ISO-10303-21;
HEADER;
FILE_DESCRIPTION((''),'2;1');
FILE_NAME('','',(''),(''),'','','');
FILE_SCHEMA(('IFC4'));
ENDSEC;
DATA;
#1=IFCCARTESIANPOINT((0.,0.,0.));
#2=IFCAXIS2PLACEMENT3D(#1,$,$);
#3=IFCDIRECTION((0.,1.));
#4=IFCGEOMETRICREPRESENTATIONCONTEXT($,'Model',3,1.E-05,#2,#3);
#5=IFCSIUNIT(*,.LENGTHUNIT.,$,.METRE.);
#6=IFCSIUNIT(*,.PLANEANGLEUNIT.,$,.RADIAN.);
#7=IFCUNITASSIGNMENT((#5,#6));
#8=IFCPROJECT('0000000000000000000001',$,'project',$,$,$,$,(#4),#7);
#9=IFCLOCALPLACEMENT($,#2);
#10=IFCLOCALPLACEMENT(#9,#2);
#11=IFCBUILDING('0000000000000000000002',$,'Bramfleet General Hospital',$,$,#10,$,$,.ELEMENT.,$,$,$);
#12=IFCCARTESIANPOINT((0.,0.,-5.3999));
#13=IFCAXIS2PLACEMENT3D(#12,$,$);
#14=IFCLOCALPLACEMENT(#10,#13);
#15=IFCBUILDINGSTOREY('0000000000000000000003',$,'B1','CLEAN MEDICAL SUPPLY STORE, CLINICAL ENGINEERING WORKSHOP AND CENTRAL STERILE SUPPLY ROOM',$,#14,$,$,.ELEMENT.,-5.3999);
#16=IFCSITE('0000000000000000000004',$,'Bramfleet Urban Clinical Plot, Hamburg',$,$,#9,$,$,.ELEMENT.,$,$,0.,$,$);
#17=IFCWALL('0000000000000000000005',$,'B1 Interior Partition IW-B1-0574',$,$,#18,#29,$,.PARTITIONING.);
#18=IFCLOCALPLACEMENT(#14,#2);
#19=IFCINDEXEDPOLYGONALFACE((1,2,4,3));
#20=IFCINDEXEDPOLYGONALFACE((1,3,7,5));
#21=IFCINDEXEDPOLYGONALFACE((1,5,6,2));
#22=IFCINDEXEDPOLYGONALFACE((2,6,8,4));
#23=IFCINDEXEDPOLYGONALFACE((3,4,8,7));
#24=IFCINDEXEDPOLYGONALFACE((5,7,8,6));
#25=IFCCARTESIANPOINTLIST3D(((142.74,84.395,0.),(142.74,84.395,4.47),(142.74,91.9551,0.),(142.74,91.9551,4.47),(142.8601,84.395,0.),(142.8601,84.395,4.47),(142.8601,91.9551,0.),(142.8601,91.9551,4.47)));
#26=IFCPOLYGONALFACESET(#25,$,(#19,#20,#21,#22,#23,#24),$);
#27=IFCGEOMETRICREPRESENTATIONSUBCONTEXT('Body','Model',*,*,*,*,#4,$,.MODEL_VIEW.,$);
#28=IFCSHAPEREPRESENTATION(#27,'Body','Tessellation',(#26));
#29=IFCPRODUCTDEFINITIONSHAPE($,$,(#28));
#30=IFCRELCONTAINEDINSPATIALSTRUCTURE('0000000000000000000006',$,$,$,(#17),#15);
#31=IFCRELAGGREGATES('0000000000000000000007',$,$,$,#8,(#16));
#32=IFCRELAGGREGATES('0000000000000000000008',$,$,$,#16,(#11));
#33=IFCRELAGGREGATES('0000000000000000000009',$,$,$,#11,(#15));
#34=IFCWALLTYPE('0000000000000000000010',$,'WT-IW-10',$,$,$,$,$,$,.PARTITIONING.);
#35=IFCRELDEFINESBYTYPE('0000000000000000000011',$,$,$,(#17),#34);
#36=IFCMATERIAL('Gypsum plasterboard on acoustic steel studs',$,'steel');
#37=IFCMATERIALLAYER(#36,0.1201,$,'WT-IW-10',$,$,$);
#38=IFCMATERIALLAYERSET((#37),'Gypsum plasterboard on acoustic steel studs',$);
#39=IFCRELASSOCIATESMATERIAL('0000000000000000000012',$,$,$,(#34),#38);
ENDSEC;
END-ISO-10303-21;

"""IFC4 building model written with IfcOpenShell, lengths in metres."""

from ifc_helpers import new_model, si_unit, direction, frame, frame_2d, origin, place, context, subcontext, project, spatial, rectangle, extrude, material, layer, layer_set, type_object, element, save


model = new_model("IFC4")

# Units and contexts
model_context = context("Model", 3, precision=1e-05, world=origin(), true_north=direction((0.0, 1.0)))
body_context = subcontext(model_context, "Body", "Model", "MODEL_VIEW")
ifc_project = project(units=[si_unit("LENGTHUNIT", "METRE"), si_unit("PLANEANGLEUNIT", "RADIAN")], contexts=[model_context])

# Site, building, storey
site_placement = place(None, origin())
site = spatial("IfcSite", under=ifc_project, at=site_placement, Name="Bramfleet Urban Clinical Plot, Hamburg", CompositionType="ELEMENT", RefElevation=0.0)
building_placement = place(site_placement, origin())
building = spatial("IfcBuilding", under=site, at=building_placement, Name="Bramfleet General Hospital", CompositionType="ELEMENT")
storey_placement = place(building_placement, frame((0.0, 0.0, -5.3999)))
storey = spatial("IfcBuildingStorey", under=building, at=storey_placement, Name="B1", Description="CLEAN MEDICAL SUPPLY STORE, CLINICAL ENGINEERING WORKSHOP AND CENTRAL STERILE SUPPLY ROOM", CompositionType="ELEMENT", Elevation=-5.3999)

# Wall
ifc_material_1 = material(Name="Gypsum plasterboard on acoustic steel studs", Category="steel")
ifc_layer_1 = layer(ifc_material_1, 0.1201, Name="WT-IW-10")
ifc_layer_set_1 = layer_set([ifc_layer_1], Name="Gypsum plasterboard on acoustic steel studs")
wall_type_1 = type_object("IfcWallType", Name="WT-IW-10", PredefinedType="PARTITIONING", material=ifc_layer_set_1)
wall_1_placement = place(storey_placement, frame((142.8, 84.395, 0.0), z_axis=(0.0, 0.0, 1.0), x_axis=(0.0, 1.0, 0.0)))
element("IfcWall", 1, at=wall_1_placement, inside=storey, type_object=wall_type_1, Name="B1 Interior Partition IW-B1-0574", PredefinedType="PARTITIONING", context=body_context, shape_type="SweptSolid", body=[
    extrude(rectangle(XDim=7.5601, YDim=0.1201, at=frame_2d((3.78, 0.0))), origin(), (0.0, 0.0, 1.0), 4.47),
])

save(model, "model.ifc")
